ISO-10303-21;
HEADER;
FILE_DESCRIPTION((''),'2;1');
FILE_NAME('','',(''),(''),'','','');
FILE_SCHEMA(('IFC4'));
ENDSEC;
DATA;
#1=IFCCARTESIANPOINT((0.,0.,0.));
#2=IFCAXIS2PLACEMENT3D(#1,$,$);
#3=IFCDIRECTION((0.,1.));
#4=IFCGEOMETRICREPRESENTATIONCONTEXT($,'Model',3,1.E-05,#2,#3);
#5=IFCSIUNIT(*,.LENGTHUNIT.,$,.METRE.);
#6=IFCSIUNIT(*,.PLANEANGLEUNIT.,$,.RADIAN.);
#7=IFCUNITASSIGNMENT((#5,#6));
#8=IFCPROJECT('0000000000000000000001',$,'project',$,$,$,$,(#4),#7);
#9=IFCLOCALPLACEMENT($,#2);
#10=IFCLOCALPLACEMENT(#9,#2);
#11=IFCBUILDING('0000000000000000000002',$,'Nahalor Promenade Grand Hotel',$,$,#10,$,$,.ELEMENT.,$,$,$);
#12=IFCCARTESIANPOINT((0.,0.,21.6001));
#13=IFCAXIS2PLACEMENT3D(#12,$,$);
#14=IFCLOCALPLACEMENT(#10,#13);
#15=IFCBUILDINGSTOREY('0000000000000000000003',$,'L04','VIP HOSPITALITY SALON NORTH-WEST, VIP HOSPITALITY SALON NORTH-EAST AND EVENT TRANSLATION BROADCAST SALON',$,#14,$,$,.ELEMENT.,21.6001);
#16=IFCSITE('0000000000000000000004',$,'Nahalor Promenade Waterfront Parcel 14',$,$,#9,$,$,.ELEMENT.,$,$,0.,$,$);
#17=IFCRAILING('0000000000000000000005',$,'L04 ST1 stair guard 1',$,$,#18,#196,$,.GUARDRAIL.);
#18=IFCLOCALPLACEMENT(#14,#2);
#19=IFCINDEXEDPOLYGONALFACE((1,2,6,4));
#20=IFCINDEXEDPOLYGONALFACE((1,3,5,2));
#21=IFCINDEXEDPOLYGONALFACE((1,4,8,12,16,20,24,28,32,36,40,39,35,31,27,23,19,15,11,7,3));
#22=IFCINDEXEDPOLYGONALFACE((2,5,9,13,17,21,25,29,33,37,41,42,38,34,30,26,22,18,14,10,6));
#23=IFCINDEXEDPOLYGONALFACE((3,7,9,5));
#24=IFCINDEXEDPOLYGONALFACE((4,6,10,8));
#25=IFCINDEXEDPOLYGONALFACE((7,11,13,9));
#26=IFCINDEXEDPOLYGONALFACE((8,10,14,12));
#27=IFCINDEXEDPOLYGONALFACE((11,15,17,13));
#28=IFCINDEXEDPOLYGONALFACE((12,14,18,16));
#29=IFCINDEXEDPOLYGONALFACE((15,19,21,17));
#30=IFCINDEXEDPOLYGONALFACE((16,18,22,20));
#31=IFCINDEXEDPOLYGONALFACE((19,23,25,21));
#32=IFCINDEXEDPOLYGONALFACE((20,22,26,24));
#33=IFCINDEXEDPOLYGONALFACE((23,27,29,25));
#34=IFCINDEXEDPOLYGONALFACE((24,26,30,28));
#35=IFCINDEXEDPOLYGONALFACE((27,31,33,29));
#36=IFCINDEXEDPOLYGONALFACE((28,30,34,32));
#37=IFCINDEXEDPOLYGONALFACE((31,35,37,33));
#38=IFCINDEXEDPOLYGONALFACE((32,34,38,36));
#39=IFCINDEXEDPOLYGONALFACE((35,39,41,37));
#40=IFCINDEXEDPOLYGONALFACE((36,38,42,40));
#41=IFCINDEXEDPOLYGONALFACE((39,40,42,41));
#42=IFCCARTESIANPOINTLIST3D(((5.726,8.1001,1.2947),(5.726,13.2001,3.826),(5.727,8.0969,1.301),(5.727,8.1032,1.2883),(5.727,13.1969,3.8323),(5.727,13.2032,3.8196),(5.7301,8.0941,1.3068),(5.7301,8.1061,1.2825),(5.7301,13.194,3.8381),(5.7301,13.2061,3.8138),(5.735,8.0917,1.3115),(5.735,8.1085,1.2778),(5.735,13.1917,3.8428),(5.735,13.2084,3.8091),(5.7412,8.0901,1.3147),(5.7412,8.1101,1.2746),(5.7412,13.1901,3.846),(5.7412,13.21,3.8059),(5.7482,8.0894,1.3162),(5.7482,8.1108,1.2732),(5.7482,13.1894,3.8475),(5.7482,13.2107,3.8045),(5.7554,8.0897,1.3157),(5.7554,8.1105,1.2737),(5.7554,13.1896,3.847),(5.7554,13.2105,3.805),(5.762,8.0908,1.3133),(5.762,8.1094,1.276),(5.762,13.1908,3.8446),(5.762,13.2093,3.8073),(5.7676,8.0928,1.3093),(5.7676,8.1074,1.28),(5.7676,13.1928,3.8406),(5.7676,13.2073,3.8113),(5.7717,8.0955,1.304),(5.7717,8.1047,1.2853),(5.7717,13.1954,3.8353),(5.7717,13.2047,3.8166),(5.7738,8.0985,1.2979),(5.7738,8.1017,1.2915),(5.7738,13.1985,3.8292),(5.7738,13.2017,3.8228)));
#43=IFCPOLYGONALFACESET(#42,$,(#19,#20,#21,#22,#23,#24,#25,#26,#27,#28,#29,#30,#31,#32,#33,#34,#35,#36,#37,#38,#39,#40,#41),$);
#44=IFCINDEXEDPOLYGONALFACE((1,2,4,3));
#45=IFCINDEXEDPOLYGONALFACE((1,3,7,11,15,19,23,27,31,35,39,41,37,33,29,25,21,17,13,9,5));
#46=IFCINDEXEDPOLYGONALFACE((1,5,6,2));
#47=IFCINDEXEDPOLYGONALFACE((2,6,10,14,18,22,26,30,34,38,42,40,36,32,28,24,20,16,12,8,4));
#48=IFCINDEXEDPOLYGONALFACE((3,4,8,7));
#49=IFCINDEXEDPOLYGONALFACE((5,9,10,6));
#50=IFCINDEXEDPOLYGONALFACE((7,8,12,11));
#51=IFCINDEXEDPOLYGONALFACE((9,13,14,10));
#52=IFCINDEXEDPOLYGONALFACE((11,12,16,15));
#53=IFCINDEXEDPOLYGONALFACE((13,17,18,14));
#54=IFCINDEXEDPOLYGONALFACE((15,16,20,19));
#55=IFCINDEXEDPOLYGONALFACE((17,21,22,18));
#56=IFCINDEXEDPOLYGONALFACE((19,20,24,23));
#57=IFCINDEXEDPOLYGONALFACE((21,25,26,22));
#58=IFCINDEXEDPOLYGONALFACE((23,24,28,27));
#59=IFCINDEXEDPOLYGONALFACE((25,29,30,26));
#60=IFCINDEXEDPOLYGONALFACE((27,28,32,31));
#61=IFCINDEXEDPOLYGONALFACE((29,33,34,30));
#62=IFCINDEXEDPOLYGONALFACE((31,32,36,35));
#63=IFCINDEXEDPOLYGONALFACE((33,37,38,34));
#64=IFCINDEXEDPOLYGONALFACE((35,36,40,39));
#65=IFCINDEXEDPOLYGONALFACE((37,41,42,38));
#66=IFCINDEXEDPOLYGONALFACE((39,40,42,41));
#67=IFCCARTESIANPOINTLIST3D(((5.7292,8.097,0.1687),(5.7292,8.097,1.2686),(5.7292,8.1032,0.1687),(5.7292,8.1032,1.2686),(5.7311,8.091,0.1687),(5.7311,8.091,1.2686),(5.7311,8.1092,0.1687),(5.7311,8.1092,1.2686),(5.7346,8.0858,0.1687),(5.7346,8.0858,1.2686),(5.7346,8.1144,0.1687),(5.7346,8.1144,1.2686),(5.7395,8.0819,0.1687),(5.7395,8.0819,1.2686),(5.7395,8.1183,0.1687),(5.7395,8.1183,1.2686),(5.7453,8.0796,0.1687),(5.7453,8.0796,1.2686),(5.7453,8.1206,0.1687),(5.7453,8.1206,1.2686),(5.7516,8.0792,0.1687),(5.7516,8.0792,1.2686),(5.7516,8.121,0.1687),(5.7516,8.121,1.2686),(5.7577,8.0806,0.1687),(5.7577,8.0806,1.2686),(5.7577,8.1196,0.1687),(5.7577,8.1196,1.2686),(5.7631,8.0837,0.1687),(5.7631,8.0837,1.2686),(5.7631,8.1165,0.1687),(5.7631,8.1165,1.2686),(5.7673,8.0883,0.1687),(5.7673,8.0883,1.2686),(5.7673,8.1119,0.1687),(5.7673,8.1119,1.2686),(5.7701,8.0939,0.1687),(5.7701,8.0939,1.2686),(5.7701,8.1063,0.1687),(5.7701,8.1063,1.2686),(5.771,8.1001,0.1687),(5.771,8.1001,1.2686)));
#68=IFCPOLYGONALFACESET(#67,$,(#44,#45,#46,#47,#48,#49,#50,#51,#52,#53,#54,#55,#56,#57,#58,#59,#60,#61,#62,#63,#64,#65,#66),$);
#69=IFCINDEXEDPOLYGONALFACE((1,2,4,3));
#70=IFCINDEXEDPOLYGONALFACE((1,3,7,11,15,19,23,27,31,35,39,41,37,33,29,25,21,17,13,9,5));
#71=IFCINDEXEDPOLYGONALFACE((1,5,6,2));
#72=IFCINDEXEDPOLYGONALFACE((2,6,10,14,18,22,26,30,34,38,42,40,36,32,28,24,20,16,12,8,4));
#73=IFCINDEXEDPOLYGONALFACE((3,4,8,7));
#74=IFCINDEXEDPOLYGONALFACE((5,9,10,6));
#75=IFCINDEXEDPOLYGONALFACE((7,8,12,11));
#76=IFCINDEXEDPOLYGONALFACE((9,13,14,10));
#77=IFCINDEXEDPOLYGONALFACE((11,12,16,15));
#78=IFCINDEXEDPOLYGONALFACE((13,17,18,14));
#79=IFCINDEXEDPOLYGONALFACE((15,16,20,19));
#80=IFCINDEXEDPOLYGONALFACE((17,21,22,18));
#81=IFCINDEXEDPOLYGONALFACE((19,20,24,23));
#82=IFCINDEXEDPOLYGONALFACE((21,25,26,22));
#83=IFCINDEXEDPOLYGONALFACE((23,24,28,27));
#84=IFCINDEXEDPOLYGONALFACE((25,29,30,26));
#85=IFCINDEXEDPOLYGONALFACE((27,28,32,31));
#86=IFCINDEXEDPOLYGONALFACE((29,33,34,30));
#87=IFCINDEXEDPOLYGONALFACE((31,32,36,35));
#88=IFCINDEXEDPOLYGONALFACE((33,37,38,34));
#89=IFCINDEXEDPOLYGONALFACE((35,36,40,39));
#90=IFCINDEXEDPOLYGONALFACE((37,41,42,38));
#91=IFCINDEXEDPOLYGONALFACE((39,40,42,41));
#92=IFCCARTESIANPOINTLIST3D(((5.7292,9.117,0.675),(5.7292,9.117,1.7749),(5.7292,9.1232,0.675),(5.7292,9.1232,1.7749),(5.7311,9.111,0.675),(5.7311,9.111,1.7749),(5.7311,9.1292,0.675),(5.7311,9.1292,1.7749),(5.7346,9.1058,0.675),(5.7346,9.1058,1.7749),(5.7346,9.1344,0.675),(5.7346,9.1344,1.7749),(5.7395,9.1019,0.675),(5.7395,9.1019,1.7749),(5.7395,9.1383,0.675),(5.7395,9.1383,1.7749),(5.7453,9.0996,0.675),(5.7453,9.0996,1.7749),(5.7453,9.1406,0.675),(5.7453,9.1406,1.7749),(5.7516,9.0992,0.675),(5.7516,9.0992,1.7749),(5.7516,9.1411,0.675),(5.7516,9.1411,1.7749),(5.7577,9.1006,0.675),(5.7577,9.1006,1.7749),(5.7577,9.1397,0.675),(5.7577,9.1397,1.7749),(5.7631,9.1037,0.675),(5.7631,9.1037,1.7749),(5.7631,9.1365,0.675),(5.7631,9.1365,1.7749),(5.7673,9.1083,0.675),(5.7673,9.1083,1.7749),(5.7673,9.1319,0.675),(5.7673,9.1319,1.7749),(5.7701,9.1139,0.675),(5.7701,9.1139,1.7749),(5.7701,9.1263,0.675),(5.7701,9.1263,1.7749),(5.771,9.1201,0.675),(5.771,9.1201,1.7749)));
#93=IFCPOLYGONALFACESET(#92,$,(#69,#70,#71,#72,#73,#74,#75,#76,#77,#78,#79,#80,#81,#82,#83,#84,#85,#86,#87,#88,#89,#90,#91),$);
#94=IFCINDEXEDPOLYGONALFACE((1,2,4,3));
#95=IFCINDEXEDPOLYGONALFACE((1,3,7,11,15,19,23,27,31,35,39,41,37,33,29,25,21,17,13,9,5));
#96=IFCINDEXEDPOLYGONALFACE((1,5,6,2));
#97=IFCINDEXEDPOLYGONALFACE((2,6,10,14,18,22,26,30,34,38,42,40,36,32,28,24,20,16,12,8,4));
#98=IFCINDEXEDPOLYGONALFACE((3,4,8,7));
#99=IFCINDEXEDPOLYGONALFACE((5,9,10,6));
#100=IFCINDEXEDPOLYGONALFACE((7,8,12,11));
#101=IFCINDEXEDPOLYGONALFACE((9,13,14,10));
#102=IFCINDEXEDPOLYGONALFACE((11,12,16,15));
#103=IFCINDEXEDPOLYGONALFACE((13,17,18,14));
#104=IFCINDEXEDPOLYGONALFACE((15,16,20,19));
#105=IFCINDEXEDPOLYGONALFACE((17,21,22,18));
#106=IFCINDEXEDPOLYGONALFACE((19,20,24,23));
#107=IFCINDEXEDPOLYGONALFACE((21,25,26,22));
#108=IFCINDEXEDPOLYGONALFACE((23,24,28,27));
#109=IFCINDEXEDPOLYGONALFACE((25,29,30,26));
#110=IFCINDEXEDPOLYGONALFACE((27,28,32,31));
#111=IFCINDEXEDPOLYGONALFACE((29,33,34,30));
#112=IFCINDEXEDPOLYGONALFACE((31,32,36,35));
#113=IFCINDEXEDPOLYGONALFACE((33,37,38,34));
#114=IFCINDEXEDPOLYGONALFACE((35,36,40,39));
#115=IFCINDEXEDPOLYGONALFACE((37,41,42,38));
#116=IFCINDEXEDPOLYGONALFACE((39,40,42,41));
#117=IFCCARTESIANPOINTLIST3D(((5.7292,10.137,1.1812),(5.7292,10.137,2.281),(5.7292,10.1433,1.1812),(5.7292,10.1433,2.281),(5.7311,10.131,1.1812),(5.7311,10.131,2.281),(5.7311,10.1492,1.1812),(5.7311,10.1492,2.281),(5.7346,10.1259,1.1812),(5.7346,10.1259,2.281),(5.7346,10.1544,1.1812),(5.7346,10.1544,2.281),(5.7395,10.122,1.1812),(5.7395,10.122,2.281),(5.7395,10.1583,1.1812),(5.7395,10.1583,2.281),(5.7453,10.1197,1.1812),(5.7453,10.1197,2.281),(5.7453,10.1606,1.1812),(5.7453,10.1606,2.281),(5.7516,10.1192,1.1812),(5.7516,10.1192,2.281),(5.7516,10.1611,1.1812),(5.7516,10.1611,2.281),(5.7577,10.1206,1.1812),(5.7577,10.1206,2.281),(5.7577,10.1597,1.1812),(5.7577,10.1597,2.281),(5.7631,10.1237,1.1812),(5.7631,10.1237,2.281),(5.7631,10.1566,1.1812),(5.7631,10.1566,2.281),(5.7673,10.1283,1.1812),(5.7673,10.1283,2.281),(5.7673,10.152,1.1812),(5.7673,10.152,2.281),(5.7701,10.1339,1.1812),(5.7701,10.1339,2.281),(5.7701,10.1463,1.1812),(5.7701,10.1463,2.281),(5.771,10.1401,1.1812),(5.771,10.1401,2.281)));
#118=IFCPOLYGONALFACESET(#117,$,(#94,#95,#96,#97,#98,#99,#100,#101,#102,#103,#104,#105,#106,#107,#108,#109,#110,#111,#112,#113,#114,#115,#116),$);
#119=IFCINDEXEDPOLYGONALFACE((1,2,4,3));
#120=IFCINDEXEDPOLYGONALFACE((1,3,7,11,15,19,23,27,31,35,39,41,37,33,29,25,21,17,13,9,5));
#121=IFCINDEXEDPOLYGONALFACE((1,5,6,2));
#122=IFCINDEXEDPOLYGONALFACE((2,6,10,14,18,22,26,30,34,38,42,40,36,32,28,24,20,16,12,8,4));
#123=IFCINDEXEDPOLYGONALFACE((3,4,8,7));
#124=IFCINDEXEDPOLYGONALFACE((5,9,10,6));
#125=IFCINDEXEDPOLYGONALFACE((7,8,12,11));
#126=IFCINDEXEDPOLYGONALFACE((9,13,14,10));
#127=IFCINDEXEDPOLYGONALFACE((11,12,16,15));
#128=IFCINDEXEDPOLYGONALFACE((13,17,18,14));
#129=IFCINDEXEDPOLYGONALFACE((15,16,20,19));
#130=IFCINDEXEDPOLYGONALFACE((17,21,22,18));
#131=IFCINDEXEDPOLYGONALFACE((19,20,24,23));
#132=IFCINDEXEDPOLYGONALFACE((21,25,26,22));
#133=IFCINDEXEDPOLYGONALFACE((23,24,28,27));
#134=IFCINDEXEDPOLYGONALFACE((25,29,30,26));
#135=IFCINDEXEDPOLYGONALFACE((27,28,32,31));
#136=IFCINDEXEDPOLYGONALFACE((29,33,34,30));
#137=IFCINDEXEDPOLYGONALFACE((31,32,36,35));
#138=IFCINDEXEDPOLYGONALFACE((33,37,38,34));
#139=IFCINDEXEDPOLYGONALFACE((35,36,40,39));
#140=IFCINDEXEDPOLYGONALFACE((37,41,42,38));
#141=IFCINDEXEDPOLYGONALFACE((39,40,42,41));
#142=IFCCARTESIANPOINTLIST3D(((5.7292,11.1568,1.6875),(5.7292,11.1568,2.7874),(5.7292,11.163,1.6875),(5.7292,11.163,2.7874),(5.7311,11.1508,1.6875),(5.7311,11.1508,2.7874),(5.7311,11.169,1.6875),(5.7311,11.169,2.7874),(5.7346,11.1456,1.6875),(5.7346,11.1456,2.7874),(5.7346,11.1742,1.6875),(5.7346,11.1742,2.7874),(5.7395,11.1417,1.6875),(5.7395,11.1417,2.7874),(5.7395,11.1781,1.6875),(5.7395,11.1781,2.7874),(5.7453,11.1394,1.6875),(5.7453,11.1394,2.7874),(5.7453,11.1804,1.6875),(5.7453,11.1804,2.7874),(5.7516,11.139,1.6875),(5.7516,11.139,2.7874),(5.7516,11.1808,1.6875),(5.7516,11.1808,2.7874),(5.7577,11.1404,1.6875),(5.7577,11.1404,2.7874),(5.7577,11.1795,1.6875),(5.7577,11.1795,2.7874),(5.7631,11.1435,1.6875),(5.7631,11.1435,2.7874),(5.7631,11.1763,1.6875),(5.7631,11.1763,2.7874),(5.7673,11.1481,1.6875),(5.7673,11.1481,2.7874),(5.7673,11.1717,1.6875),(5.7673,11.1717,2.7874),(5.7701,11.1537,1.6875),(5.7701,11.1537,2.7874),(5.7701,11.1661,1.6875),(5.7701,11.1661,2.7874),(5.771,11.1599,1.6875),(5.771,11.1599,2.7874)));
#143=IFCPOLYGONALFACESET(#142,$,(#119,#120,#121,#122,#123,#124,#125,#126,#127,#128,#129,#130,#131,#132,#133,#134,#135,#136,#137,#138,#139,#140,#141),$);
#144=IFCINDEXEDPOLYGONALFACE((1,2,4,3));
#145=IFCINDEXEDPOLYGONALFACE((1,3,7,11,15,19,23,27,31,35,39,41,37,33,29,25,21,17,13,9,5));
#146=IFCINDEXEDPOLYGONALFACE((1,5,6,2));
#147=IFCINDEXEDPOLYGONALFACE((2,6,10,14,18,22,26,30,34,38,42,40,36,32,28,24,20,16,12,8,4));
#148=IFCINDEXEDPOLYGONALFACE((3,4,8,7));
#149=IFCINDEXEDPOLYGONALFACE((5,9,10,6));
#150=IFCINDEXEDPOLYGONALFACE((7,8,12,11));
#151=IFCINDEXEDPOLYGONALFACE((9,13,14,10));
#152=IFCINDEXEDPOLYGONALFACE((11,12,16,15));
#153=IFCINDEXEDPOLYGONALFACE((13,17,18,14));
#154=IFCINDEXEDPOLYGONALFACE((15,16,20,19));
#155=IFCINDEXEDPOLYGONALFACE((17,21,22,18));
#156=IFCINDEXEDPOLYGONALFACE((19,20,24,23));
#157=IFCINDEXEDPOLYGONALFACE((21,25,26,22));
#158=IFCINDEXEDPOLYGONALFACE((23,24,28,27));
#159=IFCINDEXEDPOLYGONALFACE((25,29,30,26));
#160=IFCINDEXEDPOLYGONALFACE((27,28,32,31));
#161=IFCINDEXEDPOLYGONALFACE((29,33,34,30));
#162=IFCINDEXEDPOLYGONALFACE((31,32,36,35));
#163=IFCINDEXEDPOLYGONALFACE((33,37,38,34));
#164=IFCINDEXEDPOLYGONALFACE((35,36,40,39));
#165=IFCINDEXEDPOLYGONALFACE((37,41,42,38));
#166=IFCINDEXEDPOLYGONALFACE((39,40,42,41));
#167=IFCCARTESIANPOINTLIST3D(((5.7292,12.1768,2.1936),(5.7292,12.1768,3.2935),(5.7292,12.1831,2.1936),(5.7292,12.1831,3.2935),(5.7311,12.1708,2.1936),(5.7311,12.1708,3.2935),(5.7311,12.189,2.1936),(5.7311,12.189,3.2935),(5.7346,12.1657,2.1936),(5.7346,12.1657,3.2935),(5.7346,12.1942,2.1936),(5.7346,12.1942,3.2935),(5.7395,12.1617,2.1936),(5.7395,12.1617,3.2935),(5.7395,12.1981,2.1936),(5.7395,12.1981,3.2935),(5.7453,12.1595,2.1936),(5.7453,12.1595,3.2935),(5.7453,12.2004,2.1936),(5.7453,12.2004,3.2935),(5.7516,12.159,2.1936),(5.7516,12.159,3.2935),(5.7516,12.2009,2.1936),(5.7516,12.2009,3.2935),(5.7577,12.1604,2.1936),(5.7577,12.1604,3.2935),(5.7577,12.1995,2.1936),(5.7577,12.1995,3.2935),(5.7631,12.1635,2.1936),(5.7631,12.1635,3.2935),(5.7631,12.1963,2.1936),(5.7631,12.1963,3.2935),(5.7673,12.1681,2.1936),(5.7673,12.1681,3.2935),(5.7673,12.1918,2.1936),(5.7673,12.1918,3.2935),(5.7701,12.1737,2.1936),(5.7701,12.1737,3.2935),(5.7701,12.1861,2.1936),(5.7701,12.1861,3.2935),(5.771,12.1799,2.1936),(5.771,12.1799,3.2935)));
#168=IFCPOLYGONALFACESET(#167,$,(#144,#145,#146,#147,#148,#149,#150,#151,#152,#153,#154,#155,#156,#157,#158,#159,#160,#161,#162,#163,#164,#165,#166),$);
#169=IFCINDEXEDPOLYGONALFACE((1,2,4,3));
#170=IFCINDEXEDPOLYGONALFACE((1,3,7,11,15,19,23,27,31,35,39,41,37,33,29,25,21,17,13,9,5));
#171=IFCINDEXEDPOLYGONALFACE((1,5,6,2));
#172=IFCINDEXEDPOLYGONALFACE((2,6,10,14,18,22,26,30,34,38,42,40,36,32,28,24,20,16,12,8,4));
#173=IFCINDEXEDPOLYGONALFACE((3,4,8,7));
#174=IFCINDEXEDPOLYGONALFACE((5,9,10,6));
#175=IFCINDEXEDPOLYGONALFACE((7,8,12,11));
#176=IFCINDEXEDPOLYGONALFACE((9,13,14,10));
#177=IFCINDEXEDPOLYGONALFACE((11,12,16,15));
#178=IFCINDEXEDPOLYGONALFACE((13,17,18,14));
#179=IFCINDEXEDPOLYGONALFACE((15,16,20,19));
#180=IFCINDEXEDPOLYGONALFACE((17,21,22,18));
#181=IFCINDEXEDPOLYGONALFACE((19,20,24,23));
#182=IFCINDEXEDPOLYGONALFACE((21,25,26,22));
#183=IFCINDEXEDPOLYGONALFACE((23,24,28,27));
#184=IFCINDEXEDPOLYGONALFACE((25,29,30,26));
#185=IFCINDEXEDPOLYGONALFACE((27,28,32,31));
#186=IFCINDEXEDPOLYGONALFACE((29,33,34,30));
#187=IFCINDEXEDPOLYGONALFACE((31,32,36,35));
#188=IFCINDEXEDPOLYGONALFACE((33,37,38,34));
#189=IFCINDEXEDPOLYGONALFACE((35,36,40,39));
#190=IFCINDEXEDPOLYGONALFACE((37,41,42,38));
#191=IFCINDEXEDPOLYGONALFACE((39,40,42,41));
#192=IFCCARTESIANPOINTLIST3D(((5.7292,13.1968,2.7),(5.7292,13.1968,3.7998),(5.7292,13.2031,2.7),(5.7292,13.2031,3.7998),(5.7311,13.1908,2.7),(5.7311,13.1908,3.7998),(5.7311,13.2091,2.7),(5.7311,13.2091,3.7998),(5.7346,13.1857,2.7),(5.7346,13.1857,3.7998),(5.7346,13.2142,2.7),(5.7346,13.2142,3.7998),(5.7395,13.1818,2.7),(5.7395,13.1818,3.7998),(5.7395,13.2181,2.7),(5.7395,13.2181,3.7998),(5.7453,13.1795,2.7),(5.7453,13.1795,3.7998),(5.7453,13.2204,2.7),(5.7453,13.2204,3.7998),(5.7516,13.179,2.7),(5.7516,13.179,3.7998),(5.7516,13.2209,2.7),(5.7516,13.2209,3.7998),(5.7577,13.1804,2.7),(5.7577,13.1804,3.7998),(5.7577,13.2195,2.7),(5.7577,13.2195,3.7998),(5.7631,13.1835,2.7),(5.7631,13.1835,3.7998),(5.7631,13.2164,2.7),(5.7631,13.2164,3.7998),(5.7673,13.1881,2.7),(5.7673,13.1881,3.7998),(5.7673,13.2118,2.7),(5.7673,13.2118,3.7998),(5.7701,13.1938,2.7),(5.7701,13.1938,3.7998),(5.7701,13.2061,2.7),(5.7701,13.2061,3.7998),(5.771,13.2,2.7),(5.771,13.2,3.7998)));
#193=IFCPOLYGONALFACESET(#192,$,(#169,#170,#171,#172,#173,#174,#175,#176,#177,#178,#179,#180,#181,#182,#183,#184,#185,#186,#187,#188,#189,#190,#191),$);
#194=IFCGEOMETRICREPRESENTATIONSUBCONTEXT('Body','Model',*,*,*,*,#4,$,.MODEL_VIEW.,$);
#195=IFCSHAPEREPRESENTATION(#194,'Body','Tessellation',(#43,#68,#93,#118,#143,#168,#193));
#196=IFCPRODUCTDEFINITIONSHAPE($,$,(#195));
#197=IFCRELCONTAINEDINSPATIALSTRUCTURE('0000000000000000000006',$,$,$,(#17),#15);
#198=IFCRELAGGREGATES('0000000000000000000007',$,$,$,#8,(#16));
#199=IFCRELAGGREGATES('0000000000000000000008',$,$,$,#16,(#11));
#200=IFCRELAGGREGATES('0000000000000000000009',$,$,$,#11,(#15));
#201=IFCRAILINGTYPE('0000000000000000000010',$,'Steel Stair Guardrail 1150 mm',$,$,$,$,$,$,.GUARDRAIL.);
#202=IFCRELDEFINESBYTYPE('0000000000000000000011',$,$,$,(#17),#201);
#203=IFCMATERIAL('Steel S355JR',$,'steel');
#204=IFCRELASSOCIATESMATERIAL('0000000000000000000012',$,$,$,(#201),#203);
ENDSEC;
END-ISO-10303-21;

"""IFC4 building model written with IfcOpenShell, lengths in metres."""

from ifc_helpers import new_model, si_unit, direction, frame, origin, origin_2d, place, context, subcontext, project, spatial, circle, extrude, material, type_object, element, save


model = new_model("IFC4")

# Units and contexts
model_context = context("Model", 3, precision=1e-05, world=origin(), true_north=direction((0.0, 1.0)))
body_context = subcontext(model_context, "Body", "Model", "MODEL_VIEW")
ifc_project = project(units=[si_unit("LENGTHUNIT", "METRE"), si_unit("PLANEANGLEUNIT", "RADIAN")], contexts=[model_context])

# Site, building, storey
site_placement = place(None, origin())
site = spatial("IfcSite", under=ifc_project, at=site_placement, Name="Nahalor Promenade Waterfront Parcel 14", CompositionType="ELEMENT", RefElevation=0.0)
building_placement = place(site_placement, origin())
building = spatial("IfcBuilding", under=site, at=building_placement, Name="Nahalor Promenade Grand Hotel", CompositionType="ELEMENT")
storey_placement = place(building_placement, frame((0.0, 0.0, 21.6001)))
storey = spatial("IfcBuildingStorey", under=building, at=storey_placement, Name="L04", Description="VIP HOSPITALITY SALON NORTH-WEST, VIP HOSPITALITY SALON NORTH-EAST AND EVENT TRANSLATION BROADCAST SALON", CompositionType="ELEMENT", Elevation=21.6001)

# Shared definitions
ifc_material_1 = material(Name="Steel S355JR", Category="steel")

# Railing
railing_type_1 = type_object("IfcRailingType", Name="Steel Stair Guardrail 1150 mm", PredefinedType="GUARDRAIL", material=ifc_material_1)
railing_1_placement = place(storey_placement, frame((5.75, 8.1001, 0.1687)))
element("IfcRailing", 1, at=railing_1_placement, inside=storey, type_object=railing_type_1, Name="L04 ST1 stair guard 1", PredefinedType="GUARDRAIL", context=body_context, shape_type="SweptSolid", body=[
    extrude(circle(Radius=0.024, at=origin_2d()), frame((0.0, 0.0, 1.126), z_axis=(0.0, 0.895735, 0.444587), x_axis=(-1.0, 0.0, 0.0)), (0.0, 0.0, 1.0), 5.6936),
    extrude(circle(Radius=0.021, at=origin_2d()), origin(), (0.0, 0.0, 1.0), 1.0999),
    extrude(circle(Radius=0.021, at=origin_2d()), frame((0.0, 1.02, 0.5063)), (0.0, 0.0, 1.0), 1.0999),
    extrude(circle(Radius=0.021, at=origin_2d()), frame((0.0, 2.04, 1.0125)), (0.0, 0.0, 1.0), 1.0999),
    extrude(circle(Radius=0.021, at=origin_2d()), frame((0.0, 3.0598, 1.5188)), (0.0, 0.0, 1.0), 1.0999),
    extrude(circle(Radius=0.021, at=origin_2d()), frame((0.0, 4.0798, 2.0249)), (0.0, 0.0, 1.0), 1.0999),
    extrude(circle(Radius=0.021, at=origin_2d()), frame((0.0, 5.0999, 2.5312)), (0.0, 0.0, 1.0), 1.0999),
])

save(model, "model.ifc")
